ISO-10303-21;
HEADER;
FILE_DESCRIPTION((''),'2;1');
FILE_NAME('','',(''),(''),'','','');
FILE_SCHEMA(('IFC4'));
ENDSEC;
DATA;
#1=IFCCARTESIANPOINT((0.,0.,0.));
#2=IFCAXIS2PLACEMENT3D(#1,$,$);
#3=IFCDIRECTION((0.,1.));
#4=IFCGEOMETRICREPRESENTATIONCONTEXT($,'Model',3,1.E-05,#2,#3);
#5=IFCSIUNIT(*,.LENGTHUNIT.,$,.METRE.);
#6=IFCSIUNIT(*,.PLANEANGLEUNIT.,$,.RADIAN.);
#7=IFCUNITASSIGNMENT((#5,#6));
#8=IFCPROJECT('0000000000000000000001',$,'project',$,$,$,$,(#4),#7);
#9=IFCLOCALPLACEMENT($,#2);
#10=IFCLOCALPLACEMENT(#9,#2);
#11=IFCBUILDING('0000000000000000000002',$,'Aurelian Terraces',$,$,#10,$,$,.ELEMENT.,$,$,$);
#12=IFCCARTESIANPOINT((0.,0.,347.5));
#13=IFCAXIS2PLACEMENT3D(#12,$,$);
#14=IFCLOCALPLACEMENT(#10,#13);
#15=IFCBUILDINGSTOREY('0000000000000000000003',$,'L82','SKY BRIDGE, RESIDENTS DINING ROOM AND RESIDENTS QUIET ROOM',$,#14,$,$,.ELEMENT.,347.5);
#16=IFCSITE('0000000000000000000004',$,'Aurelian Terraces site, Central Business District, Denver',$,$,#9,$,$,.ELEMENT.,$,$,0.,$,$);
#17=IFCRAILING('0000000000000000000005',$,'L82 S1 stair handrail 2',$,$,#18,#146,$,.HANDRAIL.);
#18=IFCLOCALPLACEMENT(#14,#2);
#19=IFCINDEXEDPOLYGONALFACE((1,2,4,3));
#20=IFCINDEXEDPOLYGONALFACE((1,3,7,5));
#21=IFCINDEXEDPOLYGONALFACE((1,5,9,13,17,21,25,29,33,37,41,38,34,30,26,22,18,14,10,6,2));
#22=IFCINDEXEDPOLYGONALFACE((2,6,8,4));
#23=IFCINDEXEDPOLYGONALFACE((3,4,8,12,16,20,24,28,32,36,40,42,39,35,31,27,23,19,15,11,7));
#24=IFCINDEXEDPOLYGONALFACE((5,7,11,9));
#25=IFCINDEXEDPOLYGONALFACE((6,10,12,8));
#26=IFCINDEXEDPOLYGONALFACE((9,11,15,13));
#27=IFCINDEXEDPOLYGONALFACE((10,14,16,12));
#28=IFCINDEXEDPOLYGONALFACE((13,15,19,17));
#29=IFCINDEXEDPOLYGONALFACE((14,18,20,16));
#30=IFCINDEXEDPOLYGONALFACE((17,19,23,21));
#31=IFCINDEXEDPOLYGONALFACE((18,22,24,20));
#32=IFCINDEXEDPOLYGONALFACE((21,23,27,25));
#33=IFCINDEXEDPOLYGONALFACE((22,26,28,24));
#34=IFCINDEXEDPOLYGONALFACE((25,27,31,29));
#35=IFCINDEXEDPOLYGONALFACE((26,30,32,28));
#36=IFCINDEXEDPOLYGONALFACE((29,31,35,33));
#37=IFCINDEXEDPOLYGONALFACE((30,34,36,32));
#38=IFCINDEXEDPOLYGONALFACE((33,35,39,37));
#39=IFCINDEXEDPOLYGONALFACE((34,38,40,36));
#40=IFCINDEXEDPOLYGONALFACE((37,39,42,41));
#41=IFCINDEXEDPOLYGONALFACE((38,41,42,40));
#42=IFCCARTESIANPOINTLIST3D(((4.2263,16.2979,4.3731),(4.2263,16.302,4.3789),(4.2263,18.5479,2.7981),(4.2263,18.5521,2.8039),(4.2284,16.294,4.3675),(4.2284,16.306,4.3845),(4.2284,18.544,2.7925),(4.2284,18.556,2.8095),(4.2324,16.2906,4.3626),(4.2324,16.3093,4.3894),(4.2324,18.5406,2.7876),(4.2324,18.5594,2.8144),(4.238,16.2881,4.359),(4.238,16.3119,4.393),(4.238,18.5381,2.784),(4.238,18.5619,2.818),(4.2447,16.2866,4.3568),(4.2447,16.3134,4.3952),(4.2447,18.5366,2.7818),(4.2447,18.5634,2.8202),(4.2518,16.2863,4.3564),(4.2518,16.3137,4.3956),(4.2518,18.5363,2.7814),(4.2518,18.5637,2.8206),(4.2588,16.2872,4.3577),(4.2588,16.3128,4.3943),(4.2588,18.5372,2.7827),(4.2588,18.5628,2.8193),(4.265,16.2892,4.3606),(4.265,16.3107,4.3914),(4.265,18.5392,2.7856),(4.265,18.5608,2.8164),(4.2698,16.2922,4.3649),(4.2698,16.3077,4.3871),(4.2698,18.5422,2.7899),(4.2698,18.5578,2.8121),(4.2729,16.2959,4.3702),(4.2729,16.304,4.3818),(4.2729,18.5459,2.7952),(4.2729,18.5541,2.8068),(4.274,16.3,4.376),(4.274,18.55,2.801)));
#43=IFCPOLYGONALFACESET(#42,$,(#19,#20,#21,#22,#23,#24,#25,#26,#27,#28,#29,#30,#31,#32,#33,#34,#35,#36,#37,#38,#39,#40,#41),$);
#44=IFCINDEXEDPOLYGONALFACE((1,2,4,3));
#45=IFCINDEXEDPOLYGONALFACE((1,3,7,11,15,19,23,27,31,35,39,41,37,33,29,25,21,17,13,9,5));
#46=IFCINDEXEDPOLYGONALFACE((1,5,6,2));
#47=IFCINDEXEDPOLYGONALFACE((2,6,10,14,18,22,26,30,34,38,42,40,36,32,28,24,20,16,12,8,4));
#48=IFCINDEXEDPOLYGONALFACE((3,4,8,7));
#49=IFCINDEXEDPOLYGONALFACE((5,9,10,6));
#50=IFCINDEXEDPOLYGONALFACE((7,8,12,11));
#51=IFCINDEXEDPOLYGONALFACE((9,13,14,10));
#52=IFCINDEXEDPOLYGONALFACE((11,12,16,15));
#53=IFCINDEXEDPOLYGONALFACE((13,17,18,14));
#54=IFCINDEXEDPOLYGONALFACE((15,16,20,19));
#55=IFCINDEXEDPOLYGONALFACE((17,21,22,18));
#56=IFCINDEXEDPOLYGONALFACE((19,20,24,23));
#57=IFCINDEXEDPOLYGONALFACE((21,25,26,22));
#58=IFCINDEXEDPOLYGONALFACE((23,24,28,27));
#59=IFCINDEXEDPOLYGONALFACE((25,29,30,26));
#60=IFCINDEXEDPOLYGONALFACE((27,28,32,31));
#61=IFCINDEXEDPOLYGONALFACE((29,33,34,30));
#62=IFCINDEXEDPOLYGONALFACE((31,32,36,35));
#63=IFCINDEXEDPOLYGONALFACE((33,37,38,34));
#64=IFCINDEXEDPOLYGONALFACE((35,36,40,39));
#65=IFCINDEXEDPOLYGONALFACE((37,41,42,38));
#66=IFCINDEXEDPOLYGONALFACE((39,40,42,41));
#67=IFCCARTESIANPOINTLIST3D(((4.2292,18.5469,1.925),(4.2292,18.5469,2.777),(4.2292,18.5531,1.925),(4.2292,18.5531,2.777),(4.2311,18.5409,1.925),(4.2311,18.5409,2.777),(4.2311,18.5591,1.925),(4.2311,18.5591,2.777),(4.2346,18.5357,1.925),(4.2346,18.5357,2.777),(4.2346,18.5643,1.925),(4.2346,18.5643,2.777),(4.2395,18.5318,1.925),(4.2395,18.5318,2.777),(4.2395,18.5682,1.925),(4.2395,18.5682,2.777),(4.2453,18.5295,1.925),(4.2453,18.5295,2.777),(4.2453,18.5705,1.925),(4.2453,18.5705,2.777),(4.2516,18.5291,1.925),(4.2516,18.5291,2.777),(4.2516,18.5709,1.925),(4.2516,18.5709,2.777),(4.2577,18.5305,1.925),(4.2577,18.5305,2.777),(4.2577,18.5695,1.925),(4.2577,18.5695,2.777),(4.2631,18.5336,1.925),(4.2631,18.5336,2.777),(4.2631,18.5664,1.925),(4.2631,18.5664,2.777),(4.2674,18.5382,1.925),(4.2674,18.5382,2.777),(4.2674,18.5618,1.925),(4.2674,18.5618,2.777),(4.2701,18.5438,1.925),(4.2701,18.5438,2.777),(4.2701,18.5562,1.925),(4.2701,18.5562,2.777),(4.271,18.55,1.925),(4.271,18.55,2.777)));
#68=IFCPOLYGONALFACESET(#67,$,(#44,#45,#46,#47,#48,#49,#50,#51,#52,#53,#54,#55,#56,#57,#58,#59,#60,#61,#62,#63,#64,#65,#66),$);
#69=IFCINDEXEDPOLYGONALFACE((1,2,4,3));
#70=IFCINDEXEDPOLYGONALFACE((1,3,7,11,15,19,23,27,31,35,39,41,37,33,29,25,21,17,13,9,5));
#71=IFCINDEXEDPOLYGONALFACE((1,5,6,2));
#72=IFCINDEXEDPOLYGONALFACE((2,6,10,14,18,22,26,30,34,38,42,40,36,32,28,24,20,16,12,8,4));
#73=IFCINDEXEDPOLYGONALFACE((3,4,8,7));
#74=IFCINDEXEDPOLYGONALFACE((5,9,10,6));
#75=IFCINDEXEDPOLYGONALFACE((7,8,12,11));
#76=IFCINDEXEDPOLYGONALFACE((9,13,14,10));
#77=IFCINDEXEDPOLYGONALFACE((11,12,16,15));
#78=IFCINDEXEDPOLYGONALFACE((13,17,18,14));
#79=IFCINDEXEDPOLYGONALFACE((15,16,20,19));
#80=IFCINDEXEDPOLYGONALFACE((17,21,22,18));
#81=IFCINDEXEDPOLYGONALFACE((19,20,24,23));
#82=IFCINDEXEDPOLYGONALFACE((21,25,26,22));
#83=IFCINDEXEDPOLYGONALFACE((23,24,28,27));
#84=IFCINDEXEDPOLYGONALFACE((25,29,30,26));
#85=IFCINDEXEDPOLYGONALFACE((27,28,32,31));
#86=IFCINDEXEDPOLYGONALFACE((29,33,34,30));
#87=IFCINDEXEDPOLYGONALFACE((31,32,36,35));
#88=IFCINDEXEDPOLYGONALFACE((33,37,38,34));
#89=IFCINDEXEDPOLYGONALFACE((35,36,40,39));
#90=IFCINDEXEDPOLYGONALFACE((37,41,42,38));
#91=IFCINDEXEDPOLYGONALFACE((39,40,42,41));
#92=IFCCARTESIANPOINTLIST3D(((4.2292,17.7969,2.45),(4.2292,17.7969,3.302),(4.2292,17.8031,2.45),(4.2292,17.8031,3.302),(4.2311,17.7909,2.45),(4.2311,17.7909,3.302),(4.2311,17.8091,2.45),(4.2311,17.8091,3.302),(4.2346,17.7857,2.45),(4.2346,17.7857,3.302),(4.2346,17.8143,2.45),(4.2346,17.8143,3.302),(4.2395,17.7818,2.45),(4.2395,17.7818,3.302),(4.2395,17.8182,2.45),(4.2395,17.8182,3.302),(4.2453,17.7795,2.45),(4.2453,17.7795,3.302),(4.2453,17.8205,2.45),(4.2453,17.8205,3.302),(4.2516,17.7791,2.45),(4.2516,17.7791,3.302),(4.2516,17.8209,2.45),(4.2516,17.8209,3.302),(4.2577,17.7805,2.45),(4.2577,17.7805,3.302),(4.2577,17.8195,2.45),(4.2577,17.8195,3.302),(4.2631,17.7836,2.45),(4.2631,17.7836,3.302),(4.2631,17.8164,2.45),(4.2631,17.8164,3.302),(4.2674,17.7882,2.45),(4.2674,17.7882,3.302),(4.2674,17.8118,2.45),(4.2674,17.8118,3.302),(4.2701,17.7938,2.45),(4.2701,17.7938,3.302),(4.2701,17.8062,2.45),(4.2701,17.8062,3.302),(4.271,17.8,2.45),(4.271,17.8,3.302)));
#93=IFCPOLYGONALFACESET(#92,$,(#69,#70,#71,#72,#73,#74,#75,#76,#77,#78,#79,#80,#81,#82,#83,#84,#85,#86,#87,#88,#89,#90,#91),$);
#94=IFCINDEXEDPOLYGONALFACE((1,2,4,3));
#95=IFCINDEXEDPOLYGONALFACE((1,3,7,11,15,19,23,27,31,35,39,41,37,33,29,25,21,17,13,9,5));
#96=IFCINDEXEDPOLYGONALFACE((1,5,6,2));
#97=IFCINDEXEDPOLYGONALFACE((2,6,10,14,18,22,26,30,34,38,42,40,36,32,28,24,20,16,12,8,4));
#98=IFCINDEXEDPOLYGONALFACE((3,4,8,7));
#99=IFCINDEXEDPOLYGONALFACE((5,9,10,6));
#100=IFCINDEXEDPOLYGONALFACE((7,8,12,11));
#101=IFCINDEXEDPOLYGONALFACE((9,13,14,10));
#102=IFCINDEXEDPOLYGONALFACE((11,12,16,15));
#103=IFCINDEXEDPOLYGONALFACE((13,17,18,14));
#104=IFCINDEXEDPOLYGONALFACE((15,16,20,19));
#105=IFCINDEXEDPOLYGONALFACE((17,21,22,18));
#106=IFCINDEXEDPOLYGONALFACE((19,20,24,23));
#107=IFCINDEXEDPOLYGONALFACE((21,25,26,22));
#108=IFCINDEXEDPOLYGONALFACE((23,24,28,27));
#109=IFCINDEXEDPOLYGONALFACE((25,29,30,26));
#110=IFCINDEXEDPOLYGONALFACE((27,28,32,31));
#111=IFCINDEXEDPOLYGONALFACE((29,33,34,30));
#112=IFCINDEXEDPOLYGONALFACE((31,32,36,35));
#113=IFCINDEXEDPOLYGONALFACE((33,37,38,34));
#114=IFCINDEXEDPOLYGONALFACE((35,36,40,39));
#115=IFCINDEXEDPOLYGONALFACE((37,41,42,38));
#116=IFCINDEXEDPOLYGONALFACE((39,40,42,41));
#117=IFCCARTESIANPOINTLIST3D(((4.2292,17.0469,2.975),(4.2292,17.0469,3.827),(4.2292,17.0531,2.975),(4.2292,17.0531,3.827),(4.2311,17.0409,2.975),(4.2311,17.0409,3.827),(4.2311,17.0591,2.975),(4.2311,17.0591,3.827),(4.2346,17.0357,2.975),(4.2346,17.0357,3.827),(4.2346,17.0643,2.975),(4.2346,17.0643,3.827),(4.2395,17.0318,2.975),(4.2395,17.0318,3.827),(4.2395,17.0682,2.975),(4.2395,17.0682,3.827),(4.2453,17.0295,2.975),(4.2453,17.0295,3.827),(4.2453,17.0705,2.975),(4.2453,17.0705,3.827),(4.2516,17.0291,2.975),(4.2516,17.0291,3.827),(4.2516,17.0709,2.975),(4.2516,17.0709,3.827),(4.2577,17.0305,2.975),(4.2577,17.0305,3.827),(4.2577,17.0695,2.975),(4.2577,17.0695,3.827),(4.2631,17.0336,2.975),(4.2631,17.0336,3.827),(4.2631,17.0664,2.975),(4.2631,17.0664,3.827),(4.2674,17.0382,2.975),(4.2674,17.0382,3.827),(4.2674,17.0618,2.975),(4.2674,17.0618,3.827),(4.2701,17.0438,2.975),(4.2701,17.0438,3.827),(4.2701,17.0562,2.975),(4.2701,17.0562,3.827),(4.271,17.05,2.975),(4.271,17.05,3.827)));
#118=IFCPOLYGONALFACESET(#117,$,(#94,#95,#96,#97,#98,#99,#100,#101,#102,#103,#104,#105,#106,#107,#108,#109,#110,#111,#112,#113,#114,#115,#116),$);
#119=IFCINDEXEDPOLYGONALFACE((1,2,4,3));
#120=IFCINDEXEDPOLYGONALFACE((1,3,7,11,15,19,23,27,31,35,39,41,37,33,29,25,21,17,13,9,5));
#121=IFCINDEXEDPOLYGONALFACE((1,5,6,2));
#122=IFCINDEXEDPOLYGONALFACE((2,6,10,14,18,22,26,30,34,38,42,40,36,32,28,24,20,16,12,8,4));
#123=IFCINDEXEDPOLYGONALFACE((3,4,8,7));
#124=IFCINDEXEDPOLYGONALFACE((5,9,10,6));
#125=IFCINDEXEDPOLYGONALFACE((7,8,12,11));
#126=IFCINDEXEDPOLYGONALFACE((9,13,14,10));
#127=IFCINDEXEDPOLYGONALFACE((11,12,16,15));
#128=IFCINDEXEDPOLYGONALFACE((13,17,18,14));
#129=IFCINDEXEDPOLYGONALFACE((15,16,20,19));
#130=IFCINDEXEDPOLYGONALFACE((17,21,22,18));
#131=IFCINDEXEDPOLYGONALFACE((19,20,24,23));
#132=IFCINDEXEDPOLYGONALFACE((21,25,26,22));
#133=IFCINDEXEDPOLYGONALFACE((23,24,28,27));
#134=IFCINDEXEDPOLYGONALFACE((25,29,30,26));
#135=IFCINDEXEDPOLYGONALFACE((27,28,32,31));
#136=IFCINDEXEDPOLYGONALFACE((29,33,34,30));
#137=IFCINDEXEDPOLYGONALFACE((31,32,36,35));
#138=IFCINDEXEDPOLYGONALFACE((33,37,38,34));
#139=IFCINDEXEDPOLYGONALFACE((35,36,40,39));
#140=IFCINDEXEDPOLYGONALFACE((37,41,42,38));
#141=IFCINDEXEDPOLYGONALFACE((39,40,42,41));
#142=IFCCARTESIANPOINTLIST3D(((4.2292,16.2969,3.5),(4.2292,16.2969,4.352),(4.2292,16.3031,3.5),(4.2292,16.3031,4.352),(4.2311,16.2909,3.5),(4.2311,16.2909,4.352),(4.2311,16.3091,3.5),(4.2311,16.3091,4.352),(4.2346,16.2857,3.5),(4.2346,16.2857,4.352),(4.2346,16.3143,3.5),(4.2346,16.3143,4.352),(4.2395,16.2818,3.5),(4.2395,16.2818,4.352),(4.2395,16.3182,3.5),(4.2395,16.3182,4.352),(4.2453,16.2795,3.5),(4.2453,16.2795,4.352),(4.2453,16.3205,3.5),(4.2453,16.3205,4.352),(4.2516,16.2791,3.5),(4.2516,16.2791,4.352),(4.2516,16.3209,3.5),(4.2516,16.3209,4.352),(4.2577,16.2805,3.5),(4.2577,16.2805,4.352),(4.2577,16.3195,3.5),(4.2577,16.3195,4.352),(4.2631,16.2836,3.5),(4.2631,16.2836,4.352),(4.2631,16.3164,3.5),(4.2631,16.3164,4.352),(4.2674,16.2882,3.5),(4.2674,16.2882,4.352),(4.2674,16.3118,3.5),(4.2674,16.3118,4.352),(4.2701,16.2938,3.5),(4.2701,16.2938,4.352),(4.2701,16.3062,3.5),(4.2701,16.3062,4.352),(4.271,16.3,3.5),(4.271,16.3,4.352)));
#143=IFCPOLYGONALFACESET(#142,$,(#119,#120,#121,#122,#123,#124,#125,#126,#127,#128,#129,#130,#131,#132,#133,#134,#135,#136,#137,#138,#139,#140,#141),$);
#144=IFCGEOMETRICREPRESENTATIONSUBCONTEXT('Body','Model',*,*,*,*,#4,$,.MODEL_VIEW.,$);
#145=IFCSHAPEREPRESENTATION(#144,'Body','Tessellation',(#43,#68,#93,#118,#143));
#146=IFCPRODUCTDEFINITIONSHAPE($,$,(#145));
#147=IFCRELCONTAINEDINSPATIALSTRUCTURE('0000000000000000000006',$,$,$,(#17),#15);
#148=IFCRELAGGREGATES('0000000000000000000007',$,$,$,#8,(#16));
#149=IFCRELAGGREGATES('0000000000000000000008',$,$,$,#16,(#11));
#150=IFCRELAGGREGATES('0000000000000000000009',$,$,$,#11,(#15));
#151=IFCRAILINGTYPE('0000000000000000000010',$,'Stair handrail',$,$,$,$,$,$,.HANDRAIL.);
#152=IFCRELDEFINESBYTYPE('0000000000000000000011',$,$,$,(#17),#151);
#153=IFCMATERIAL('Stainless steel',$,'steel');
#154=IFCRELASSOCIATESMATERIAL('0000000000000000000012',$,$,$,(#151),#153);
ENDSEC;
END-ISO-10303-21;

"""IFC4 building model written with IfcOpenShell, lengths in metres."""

from ifc_helpers import new_model, si_unit, direction, frame, origin, origin_2d, place, context, subcontext, project, spatial, circle, extrude, source, transform, mapped, material, type_object, element, save


model = new_model("IFC4")

# Units and contexts
model_context = context("Model", 3, precision=1e-05, world=origin(), true_north=direction((0.0, 1.0)))
body_context = subcontext(model_context, "Body", "Model", "MODEL_VIEW")
ifc_project = project(units=[si_unit("LENGTHUNIT", "METRE"), si_unit("PLANEANGLEUNIT", "RADIAN")], contexts=[model_context])

# Site, building, storey
site_placement = place(None, origin())
site = spatial("IfcSite", under=ifc_project, at=site_placement, Name="Aurelian Terraces site, Central Business District, Denver", CompositionType="ELEMENT", RefElevation=0.0)
building_placement = place(site_placement, origin())
building = spatial("IfcBuilding", under=site, at=building_placement, Name="Aurelian Terraces", CompositionType="ELEMENT")
storey_placement = place(building_placement, frame((0.0, 0.0, 347.5)))
storey = spatial("IfcBuildingStorey", under=building, at=storey_placement, Name="L82", Description="SKY BRIDGE, RESIDENTS DINING ROOM AND RESIDENTS QUIET ROOM", CompositionType="ELEMENT", Elevation=347.5)

# Railing
ifc_material_1 = material(Name="Stainless steel", Category="steel")
railing_type_1 = type_object("IfcRailingType", Name="Stair handrail", PredefinedType="HANDRAIL", material=ifc_material_1)
shared_shape_1 = source(origin(), body_context, "Body", "SweptSolid", [
    extrude(circle(Radius=0.024, at=origin_2d()), frame((0.0, 0.0, 0.876), z_axis=(0.0, -0.819232, 0.573462), x_axis=(1.0, 0.0, 0.0)), (0.0, 0.0, 1.0), 2.7465),
    extrude(circle(Radius=0.021, at=origin_2d()), origin(), (0.0, 0.0, 1.0), 0.852),
    extrude(circle(Radius=0.021, at=origin_2d()), frame((0.0, -0.75, 0.525)), (0.0, 0.0, 1.0), 0.852),
    extrude(circle(Radius=0.021, at=origin_2d()), frame((0.0, -1.5, 1.05)), (0.0, 0.0, 1.0), 0.852),
    extrude(circle(Radius=0.021, at=origin_2d()), frame((0.0, -2.25, 1.575)), (0.0, 0.0, 1.0), 0.852),
])
railing_1_placement = place(storey_placement, frame((4.25, 18.55, 1.925)))
element("IfcRailing", 1, at=railing_1_placement, inside=storey, type_object=railing_type_1, Name="L82 S1 stair handrail 2", PredefinedType="HANDRAIL", context=body_context, shape_type="MappedRepresentation", body=[
    mapped(shared_shape_1, transform((0.0, 0.0, 0.0), scale=1.0)),
])

save(model, "model.ifc")
